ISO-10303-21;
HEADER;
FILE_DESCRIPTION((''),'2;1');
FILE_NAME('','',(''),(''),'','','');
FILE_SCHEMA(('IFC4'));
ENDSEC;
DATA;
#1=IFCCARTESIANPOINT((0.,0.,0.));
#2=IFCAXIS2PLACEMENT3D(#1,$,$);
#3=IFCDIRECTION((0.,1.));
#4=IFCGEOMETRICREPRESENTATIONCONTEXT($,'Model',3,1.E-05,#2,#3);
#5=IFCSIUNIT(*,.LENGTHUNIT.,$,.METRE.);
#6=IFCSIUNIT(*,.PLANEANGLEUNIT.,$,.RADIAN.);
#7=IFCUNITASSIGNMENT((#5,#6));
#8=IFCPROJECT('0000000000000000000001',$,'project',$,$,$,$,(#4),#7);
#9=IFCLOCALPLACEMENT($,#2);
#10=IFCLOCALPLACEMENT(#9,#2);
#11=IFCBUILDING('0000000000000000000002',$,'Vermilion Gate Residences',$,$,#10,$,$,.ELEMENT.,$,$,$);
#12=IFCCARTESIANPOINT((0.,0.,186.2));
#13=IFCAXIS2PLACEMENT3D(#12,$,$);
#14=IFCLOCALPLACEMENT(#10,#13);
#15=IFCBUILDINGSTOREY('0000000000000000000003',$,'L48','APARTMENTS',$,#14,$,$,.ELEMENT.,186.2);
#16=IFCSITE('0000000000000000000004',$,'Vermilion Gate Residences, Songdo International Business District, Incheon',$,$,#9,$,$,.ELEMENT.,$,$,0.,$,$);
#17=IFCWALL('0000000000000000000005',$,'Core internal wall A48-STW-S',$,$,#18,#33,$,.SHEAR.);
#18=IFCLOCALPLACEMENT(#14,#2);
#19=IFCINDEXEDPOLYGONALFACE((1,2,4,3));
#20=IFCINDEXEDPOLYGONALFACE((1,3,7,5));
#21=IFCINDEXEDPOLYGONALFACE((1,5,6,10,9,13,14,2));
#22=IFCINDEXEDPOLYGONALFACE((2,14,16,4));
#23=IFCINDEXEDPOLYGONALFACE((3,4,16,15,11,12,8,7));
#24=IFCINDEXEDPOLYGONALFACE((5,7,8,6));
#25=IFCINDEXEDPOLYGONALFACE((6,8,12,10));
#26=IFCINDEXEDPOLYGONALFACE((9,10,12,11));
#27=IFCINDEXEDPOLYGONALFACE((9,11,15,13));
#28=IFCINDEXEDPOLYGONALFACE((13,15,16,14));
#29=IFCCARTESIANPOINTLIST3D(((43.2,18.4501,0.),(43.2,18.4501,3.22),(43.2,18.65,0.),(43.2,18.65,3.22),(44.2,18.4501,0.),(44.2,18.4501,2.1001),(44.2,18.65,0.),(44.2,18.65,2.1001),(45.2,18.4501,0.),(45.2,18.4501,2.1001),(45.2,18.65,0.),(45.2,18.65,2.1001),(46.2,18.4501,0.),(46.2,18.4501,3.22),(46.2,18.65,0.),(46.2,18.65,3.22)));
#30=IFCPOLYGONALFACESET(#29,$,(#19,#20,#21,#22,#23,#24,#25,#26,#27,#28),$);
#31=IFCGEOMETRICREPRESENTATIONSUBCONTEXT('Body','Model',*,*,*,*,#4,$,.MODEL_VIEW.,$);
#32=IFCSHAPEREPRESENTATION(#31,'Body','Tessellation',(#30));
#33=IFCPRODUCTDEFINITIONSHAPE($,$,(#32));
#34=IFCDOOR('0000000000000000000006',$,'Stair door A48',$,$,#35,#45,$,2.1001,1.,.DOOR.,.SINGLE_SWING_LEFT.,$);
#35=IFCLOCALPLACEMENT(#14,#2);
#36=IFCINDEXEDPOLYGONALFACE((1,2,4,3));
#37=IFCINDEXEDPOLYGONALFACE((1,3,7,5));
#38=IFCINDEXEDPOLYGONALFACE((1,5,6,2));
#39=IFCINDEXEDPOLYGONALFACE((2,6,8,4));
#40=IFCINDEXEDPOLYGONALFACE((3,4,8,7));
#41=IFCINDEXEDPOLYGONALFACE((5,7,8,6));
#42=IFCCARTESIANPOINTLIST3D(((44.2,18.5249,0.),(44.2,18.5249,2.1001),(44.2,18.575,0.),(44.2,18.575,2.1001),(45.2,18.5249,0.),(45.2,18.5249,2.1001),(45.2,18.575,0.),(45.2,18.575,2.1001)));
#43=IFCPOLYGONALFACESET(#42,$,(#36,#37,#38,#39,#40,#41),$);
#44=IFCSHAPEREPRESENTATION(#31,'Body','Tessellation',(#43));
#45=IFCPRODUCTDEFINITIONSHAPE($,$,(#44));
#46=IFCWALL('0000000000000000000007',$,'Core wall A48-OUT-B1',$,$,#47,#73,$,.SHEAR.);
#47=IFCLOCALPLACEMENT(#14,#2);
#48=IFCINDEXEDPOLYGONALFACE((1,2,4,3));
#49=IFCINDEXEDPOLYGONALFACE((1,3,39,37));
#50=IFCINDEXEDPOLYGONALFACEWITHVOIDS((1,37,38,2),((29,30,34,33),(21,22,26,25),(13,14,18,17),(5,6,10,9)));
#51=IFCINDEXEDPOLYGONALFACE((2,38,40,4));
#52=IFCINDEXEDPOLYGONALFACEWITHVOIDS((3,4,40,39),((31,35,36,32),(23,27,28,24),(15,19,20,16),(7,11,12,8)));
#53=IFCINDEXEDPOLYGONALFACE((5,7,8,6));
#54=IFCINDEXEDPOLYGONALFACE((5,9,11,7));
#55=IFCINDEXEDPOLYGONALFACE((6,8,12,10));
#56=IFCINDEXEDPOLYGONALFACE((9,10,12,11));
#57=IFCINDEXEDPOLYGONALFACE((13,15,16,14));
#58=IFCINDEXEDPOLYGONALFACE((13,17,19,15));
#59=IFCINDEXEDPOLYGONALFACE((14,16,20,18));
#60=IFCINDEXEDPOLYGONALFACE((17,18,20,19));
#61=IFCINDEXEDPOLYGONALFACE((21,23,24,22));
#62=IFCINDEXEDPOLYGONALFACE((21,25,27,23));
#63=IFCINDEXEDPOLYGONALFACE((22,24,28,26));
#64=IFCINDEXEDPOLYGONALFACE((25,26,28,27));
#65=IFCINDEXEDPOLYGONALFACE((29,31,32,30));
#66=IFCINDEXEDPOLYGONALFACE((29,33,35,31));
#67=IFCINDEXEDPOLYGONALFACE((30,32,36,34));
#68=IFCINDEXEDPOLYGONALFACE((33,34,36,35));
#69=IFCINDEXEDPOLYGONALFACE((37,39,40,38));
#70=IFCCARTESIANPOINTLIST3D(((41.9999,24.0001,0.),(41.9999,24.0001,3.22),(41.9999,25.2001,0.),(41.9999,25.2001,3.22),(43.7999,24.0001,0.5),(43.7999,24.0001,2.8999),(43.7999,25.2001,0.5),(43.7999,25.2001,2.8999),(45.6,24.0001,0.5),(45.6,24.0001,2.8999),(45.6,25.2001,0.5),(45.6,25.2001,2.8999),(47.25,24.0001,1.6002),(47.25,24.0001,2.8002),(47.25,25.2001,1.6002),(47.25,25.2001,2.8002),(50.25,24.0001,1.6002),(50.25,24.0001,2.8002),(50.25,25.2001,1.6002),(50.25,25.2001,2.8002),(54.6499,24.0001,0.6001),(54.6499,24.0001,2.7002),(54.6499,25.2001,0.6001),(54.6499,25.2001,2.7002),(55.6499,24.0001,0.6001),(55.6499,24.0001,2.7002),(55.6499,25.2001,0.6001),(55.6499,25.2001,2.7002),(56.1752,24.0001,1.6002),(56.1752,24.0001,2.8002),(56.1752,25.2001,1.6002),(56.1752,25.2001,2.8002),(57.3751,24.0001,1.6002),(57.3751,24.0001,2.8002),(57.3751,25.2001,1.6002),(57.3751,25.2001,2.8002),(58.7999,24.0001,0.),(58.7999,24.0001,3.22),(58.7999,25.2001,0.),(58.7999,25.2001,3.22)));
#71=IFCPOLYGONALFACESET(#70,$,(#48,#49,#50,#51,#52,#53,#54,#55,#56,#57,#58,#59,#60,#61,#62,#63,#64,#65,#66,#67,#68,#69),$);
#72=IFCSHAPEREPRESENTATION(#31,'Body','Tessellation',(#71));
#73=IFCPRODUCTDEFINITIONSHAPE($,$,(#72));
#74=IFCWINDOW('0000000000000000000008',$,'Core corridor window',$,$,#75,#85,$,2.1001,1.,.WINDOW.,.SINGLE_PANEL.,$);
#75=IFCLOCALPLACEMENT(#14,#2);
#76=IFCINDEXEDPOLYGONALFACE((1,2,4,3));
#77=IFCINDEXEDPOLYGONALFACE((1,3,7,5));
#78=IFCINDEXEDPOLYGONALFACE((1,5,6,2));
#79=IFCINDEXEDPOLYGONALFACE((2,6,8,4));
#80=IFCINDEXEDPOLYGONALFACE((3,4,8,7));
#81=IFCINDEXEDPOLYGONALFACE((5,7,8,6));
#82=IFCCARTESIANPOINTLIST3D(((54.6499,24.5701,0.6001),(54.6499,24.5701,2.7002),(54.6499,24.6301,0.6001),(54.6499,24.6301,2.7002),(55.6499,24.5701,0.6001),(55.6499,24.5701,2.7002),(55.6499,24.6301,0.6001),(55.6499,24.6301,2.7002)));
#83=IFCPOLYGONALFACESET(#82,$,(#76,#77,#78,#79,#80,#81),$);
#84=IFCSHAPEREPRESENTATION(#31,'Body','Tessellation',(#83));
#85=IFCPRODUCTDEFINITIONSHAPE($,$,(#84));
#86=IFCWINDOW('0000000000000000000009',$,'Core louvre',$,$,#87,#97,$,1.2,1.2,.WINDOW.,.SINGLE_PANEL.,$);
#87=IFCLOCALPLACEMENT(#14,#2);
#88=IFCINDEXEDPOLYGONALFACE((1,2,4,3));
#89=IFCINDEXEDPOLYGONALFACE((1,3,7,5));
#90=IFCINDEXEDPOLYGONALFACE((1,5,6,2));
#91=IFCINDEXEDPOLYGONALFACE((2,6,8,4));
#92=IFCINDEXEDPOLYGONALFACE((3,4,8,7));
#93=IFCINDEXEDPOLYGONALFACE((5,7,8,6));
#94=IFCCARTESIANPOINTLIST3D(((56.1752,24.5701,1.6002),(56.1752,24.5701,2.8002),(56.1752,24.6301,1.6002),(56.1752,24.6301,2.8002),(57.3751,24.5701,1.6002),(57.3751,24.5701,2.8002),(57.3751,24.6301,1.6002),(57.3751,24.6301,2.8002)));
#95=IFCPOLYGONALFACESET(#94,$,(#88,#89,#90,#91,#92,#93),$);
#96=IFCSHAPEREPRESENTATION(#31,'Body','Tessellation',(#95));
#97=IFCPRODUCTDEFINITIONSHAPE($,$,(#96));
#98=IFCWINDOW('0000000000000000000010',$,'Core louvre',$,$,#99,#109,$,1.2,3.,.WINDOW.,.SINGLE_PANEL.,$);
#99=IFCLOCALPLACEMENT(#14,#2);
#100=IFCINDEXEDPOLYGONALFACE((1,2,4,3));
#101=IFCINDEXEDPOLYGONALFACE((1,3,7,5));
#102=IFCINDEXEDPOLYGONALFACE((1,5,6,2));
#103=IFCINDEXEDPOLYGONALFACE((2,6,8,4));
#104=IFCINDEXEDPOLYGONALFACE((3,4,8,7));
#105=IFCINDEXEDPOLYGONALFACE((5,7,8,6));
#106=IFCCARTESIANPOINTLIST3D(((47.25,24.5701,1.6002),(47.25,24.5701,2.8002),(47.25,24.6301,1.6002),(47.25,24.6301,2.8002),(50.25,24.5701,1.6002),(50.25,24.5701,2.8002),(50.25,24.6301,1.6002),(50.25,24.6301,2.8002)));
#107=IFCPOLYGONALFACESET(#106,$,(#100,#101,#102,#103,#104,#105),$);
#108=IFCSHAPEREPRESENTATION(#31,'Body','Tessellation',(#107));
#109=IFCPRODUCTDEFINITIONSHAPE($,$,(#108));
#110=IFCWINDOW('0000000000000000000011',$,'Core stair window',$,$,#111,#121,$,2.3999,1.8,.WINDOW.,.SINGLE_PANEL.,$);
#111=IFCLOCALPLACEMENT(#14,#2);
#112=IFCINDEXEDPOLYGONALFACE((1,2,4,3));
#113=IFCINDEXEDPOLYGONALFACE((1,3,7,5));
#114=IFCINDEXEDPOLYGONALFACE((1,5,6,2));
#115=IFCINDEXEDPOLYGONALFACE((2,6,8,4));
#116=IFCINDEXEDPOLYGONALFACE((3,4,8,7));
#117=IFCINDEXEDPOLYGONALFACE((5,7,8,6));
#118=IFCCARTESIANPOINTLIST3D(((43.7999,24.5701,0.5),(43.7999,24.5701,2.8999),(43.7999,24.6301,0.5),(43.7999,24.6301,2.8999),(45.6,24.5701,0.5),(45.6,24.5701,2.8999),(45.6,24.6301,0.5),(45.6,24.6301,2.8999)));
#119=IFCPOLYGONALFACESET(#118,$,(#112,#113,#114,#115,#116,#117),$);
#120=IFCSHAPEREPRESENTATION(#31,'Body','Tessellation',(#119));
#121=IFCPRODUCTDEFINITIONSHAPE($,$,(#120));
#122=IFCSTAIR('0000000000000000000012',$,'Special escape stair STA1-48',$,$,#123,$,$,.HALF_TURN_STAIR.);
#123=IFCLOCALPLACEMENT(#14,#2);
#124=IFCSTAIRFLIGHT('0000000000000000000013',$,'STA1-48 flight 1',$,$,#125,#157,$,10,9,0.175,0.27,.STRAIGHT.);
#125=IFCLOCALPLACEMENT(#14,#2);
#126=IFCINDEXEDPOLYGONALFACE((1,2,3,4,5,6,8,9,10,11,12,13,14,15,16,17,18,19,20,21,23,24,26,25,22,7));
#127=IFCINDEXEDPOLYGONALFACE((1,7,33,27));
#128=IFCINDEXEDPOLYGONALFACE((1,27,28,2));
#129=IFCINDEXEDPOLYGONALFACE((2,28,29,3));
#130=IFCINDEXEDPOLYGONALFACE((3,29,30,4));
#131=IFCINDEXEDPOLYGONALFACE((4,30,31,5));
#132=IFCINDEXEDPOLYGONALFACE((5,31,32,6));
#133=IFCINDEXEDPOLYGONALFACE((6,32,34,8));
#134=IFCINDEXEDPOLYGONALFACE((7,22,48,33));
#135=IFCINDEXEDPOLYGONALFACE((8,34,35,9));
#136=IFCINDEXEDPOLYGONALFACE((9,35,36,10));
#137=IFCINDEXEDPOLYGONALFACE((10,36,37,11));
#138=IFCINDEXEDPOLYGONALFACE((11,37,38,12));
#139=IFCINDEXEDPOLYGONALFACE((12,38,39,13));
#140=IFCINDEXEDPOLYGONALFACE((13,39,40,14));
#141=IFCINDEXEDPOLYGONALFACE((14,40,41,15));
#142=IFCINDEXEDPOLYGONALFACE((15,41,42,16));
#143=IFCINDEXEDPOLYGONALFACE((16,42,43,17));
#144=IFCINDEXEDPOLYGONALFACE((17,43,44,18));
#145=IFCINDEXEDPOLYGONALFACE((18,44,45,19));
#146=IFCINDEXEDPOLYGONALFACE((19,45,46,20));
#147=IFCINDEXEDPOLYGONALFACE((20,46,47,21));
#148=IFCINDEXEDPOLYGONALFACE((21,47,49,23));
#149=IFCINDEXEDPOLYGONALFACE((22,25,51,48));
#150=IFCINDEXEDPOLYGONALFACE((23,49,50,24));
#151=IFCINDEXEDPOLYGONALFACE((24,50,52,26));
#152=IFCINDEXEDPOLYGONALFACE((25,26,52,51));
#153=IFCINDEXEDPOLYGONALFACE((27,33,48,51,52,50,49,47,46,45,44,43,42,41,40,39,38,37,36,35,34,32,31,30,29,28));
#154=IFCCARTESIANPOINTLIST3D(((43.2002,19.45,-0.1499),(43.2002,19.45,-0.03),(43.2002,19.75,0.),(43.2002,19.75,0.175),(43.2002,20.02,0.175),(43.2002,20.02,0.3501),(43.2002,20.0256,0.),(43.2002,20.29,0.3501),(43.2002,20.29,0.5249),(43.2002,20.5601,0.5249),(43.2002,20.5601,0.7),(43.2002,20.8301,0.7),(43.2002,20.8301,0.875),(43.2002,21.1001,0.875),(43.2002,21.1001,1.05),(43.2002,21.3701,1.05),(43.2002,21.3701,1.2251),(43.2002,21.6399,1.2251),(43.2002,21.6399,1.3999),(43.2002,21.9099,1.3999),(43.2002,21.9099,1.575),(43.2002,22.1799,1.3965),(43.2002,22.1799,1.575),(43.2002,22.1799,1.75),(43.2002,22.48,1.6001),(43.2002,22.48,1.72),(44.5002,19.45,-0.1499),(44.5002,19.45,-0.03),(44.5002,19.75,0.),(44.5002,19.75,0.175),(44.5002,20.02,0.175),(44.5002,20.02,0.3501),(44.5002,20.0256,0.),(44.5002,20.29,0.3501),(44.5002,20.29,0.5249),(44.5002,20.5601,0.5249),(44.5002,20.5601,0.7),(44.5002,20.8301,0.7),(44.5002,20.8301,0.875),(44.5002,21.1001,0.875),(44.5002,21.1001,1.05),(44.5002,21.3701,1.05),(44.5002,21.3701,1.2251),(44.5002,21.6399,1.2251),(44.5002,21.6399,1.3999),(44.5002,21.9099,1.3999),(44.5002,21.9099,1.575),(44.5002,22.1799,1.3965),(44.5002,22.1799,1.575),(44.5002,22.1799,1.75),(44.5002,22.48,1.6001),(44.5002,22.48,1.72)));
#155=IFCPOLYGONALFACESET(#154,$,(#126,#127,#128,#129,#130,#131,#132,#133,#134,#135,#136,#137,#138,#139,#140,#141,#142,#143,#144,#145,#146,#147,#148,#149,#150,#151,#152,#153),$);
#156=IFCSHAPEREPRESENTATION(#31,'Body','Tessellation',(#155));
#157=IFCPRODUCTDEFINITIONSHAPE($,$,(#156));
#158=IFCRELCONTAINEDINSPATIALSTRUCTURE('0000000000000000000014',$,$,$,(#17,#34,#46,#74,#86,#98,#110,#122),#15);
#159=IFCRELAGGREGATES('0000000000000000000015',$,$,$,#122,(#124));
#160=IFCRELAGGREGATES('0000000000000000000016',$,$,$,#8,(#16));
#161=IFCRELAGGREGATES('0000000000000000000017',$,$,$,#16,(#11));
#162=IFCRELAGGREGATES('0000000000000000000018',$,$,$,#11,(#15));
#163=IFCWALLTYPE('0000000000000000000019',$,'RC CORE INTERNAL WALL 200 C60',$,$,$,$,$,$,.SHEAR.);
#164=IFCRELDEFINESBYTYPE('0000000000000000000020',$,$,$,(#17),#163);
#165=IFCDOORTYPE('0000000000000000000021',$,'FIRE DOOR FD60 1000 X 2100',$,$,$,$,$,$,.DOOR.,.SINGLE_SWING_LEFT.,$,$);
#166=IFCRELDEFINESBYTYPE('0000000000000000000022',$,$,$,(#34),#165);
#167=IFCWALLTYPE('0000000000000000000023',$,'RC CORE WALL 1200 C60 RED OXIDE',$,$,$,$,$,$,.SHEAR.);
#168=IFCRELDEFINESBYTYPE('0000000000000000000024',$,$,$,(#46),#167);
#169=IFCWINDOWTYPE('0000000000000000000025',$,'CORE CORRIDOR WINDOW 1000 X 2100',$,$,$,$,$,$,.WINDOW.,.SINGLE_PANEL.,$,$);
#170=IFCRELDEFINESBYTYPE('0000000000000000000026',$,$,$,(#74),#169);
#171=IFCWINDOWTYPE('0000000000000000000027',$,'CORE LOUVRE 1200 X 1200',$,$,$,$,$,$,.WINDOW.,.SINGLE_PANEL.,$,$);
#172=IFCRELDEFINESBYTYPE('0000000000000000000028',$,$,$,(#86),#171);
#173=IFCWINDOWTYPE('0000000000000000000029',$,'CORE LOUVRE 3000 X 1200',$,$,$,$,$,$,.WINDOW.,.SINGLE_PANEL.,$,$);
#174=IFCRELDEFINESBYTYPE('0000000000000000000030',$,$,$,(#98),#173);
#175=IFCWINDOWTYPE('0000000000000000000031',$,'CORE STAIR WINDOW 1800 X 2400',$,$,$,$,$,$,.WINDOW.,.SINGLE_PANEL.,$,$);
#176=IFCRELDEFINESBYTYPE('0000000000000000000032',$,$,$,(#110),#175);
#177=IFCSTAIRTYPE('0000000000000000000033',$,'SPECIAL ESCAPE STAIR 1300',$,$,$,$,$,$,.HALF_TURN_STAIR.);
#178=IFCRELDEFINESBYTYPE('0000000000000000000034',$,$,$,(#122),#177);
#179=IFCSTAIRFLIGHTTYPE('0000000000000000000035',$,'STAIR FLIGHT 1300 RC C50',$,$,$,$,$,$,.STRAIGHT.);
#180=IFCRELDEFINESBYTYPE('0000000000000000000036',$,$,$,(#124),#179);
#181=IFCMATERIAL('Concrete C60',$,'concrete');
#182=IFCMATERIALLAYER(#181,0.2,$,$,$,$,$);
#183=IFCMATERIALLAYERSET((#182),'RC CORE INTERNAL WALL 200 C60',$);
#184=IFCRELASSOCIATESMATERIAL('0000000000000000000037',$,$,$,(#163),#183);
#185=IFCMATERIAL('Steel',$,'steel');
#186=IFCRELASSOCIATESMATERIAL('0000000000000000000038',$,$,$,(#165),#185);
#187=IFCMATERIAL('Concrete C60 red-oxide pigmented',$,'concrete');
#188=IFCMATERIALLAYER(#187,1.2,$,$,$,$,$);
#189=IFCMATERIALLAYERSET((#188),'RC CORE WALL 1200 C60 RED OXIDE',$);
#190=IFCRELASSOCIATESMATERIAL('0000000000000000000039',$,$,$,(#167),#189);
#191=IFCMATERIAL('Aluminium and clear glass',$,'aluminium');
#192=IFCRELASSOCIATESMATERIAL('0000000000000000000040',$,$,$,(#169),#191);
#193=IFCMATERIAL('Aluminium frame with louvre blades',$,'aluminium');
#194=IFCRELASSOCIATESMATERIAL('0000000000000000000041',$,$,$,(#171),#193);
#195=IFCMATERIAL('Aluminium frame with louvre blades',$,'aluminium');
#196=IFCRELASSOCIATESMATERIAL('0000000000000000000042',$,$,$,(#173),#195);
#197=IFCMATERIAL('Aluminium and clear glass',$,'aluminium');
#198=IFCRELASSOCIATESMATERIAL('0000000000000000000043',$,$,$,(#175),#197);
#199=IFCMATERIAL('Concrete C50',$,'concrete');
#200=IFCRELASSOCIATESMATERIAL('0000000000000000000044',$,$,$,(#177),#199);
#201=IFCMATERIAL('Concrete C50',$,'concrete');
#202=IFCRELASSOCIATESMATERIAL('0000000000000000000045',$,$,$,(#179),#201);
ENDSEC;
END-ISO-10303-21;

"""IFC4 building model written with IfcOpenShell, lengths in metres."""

from ifc_helpers import new_model, si_unit, direction, frame, frame_2d, origin, place, context, subcontext, project, spatial, polyline, rectangle, outline, extrude, material, layer, layer_set, type_object, element, fill, aggregate, save


model = new_model("IFC4")

# Units and contexts
model_context = context("Model", 3, precision=1e-05, world=origin(), true_north=direction((0.0, 1.0)))
body_context = subcontext(model_context, "Body", "Model", "MODEL_VIEW")
ifc_project = project(units=[si_unit("LENGTHUNIT", "METRE"), si_unit("PLANEANGLEUNIT", "RADIAN")], contexts=[model_context])

# Site, building, storey
site_placement = place(None, origin())
site = spatial("IfcSite", under=ifc_project, at=site_placement, Name="Vermilion Gate Residences, Songdo International Business District, Incheon", CompositionType="ELEMENT", RefElevation=0.0)
building_placement = place(site_placement, origin())
building = spatial("IfcBuilding", under=site, at=building_placement, Name="Vermilion Gate Residences", CompositionType="ELEMENT")
storey_placement = place(building_placement, frame((0.0, 0.0, 186.2)))
storey = spatial("IfcBuildingStorey", under=building, at=storey_placement, Name="L48", Description="APARTMENTS", CompositionType="ELEMENT", Elevation=186.2)

# Shared definitions
ifc_material_1 = material(Name="Concrete C60", Category="concrete")
ifc_layer_1 = layer(ifc_material_1, 0.2)
ifc_layer_set_1 = layer_set([ifc_layer_1], Name="RC CORE INTERNAL WALL 200 C60")
wall_type_1 = type_object("IfcWallType", Name="RC CORE INTERNAL WALL 200 C60", PredefinedType="SHEAR", material=ifc_layer_set_1)

# Wall, opening, door
wall_1_placement = place(storey_placement, frame((43.2, 18.55, 0.0), z_axis=(0.0, 0.0, 1.0), x_axis=(1.0, 0.0, 0.0)))
wall_1 = element("IfcWall", 1, at=wall_1_placement, inside=storey, type_object=wall_type_1, Name="Core internal wall A48-STW-S", PredefinedType="SHEAR", context=body_context, shape_type="SweptSolid", body=[
    extrude(rectangle(XDim=3.0, YDim=0.2, at=frame_2d((1.5, 0.0))), origin(), (0.0, 0.0, 1.0), 3.22),
])
opening_1_placement = place(wall_1_placement, frame((1.0, 0.0, 0.0)))
opening_1 = element("IfcOpeningElement", 2, at=opening_1_placement, cuts=wall_1, PredefinedType="OPENING", context=body_context, shape_type="SweptSolid", body=[
    extrude(rectangle(XDim=1.0, YDim=2.1001, at=frame_2d((0.5, 1.05))), frame((0.0, 0.1099, 0.0), z_axis=(0.0, -1.0, 0.0), x_axis=(1.0, 0.0, 0.0)), (0.0, 0.0, 1.0), 0.22),
])
ifc_material_2 = material(Name="Steel", Category="steel")
door_type_1 = type_object("IfcDoorType", Name="FIRE DOOR FD60 1000 X 2100", OperationType="SINGLE_SWING_LEFT", PredefinedType="DOOR", material=ifc_material_2)
door_1_placement = place(opening_1_placement, origin())
door_1 = element("IfcDoor", 3, at=door_1_placement, inside=storey, type_object=door_type_1, Name="Stair door A48", OperationType="SINGLE_SWING_LEFT", OverallHeight=2.1001, OverallWidth=1.0, PredefinedType="DOOR", context=body_context, shape_type="SweptSolid", body=[
    extrude(rectangle(XDim=1.0, YDim=2.1001, at=frame_2d((0.5, 1.05))), frame((0.0, 0.0249, 0.0), z_axis=(0.0, -1.0, 0.0), x_axis=(1.0, 0.0, 0.0)), (0.0, 0.0, 1.0), 0.05),
])
fill(opening_1, door_1)

# Wall, openings, windows
ifc_material_3 = material(Name="Concrete C60 red-oxide pigmented", Category="concrete")
ifc_layer_2 = layer(ifc_material_3, 1.2)
ifc_layer_set_2 = layer_set([ifc_layer_2], Name="RC CORE WALL 1200 C60 RED OXIDE")
wall_type_2 = type_object("IfcWallType", Name="RC CORE WALL 1200 C60 RED OXIDE", PredefinedType="SHEAR", material=ifc_layer_set_2)
wall_2_placement = place(storey_placement, frame((42.0, 24.6001, 0.0), z_axis=(0.0, 0.0, 1.0), x_axis=(1.0, 0.0, 0.0)))
wall_2 = element("IfcWall", 4, at=wall_2_placement, inside=storey, type_object=wall_type_2, Name="Core wall A48-OUT-B1", PredefinedType="SHEAR", context=body_context, shape_type="SweptSolid", body=[
    extrude(rectangle(XDim=16.8, YDim=1.2, at=frame_2d((8.3999, 0.0))), origin(), (0.0, 0.0, 1.0), 3.22),
])
opening_2_placement = place(wall_2_placement, frame((1.8, 0.0, 0.5)))
opening_2 = element("IfcOpeningElement", 5, at=opening_2_placement, cuts=wall_2, PredefinedType="OPENING", context=body_context, shape_type="SweptSolid", body=[
    extrude(rectangle(XDim=1.8, YDim=2.3999, at=frame_2d((0.8999, 1.2))), frame((0.0, 0.6099, 0.0), z_axis=(0.0, -1.0, 0.0), x_axis=(1.0, 0.0, 0.0)), (0.0, 0.0, 1.0), 1.22),
])
opening_3_placement = place(wall_2_placement, frame((5.25, 0.0, 1.6001)))
opening_3 = element("IfcOpeningElement", 6, at=opening_3_placement, cuts=wall_2, PredefinedType="OPENING", context=body_context, shape_type="SweptSolid", body=[
    extrude(rectangle(XDim=3.0, YDim=1.2, at=frame_2d((1.5, 0.6001))), frame((0.0, 0.6099, 0.0), z_axis=(0.0, -1.0, 0.0), x_axis=(1.0, 0.0, 0.0)), (0.0, 0.0, 1.0), 1.22),
])
opening_4_placement = place(wall_2_placement, frame((12.6499, 0.0, 0.6001)))
opening_4 = element("IfcOpeningElement", 7, at=opening_4_placement, cuts=wall_2, PredefinedType="OPENING", context=body_context, shape_type="SweptSolid", body=[
    extrude(rectangle(XDim=1.0, YDim=2.1001, at=frame_2d((0.5, 1.05))), frame((0.0, 0.6099, 0.0), z_axis=(0.0, -1.0, 0.0), x_axis=(1.0, 0.0, 0.0)), (0.0, 0.0, 1.0), 1.22),
])
opening_5_placement = place(wall_2_placement, frame((14.175, 0.0, 1.6001)))
opening_5 = element("IfcOpeningElement", 8, at=opening_5_placement, cuts=wall_2, PredefinedType="OPENING", context=body_context, shape_type="SweptSolid", body=[
    extrude(rectangle(XDim=1.2, YDim=1.2, at=frame_2d((0.6001, 0.6001))), frame((0.0, 0.6099, 0.0), z_axis=(0.0, -1.0, 0.0), x_axis=(1.0, 0.0, 0.0)), (0.0, 0.0, 1.0), 1.22),
])
ifc_material_4 = material(Name="Aluminium and clear glass", Category="aluminium")
window_type_1 = type_object("IfcWindowType", Name="CORE CORRIDOR WINDOW 1000 X 2100", PartitioningType="SINGLE_PANEL", PredefinedType="WINDOW", material=ifc_material_4)
window_1_placement = place(opening_4_placement, origin())
window_1 = element("IfcWindow", 9, at=window_1_placement, inside=storey, type_object=window_type_1, Name="Core corridor window", OverallHeight=2.1001, OverallWidth=1.0, PartitioningType="SINGLE_PANEL", PredefinedType="WINDOW", context=body_context, shape_type="SweptSolid", body=[
    extrude(rectangle(XDim=1.0, YDim=2.1001, at=frame_2d((0.5, 1.05))), frame((0.0, 0.03, 0.0), z_axis=(0.0, -1.0, 0.0), x_axis=(1.0, 0.0, 0.0)), (0.0, 0.0, 1.0), 0.0601),
])
fill(opening_4, window_1)
ifc_material_5 = material(Name="Aluminium frame with louvre blades", Category="aluminium")
window_type_2 = type_object("IfcWindowType", Name="CORE LOUVRE 1200 X 1200", PartitioningType="SINGLE_PANEL", PredefinedType="WINDOW", material=ifc_material_5)
window_2_placement = place(opening_5_placement, origin())
window_2 = element("IfcWindow", 10, at=window_2_placement, inside=storey, type_object=window_type_2, Name="Core louvre", OverallHeight=1.2, OverallWidth=1.2, PartitioningType="SINGLE_PANEL", PredefinedType="WINDOW", context=body_context, shape_type="SweptSolid", body=[
    extrude(rectangle(XDim=1.2, YDim=1.2, at=frame_2d((0.6001, 0.6001))), frame((0.0, 0.03, 0.0), z_axis=(0.0, -1.0, 0.0), x_axis=(1.0, 0.0, 0.0)), (0.0, 0.0, 1.0), 0.0601),
])
fill(opening_5, window_2)
ifc_material_6 = material(Name="Aluminium frame with louvre blades", Category="aluminium")
window_type_3 = type_object("IfcWindowType", Name="CORE LOUVRE 3000 X 1200", PartitioningType="SINGLE_PANEL", PredefinedType="WINDOW", material=ifc_material_6)
window_3_placement = place(opening_3_placement, origin())
window_3 = element("IfcWindow", 11, at=window_3_placement, inside=storey, type_object=window_type_3, Name="Core louvre", OverallHeight=1.2, OverallWidth=3.0, PartitioningType="SINGLE_PANEL", PredefinedType="WINDOW", context=body_context, shape_type="SweptSolid", body=[
    extrude(rectangle(XDim=3.0, YDim=1.2, at=frame_2d((1.5, 0.6001))), frame((0.0, 0.03, 0.0), z_axis=(0.0, -1.0, 0.0), x_axis=(1.0, 0.0, 0.0)), (0.0, 0.0, 1.0), 0.0601),
])
fill(opening_3, window_3)
ifc_material_7 = material(Name="Aluminium and clear glass", Category="aluminium")
window_type_4 = type_object("IfcWindowType", Name="CORE STAIR WINDOW 1800 X 2400", PartitioningType="SINGLE_PANEL", PredefinedType="WINDOW", material=ifc_material_7)
window_4_placement = place(opening_2_placement, origin())
window_4 = element("IfcWindow", 12, at=window_4_placement, inside=storey, type_object=window_type_4, Name="Core stair window", OverallHeight=2.3999, OverallWidth=1.8, PartitioningType="SINGLE_PANEL", PredefinedType="WINDOW", context=body_context, shape_type="SweptSolid", body=[
    extrude(rectangle(XDim=1.8, YDim=2.3999, at=frame_2d((0.8999, 1.2))), frame((0.0, 0.03, 0.0), z_axis=(0.0, -1.0, 0.0), x_axis=(1.0, 0.0, 0.0)), (0.0, 0.0, 1.0), 0.0601),
])
fill(opening_2, window_4)

# Stair, stair flight
ifc_material_8 = material(Name="Concrete C50", Category="concrete")
stair_type = type_object("IfcStairType", Name="SPECIAL ESCAPE STAIR 1300", PredefinedType="HALF_TURN_STAIR", material=ifc_material_8)
stair_placement = place(storey_placement, origin())
stair = element("IfcStair", 13, at=stair_placement, inside=storey, type_object=stair_type, Name="Special escape stair STA1-48", PredefinedType="HALF_TURN_STAIR")
ifc_material_9 = material(Name="Concrete C50", Category="concrete")
stair_flight_type = type_object("IfcStairFlightType", Name="STAIR FLIGHT 1300 RC C50", PredefinedType="STRAIGHT", material=ifc_material_9)
stair_flight_1_placement = place(storey_placement, frame((43.8501, 19.75, 0.0), z_axis=(0.0, 0.0, 1.0), x_axis=(0.0, 1.0, 0.0)))
stair_flight_1 = element("IfcStairFlight", 14, at=stair_flight_1_placement, type_object=stair_flight_type, Name="STA1-48 flight 1", NumberOfRisers=10, NumberOfTreads=9, PredefinedType="STRAIGHT", RiserHeight=0.175, TreadLength=0.27, context=body_context, shape_type="SweptSolid", body=[
    extrude(outline(polyline([(-0.3, -0.1499), (-0.3, -0.03), (0.0, 0.0), (0.0, 0.175), (0.27, 0.175), (0.27, 0.3501), (0.54, 0.3501), (0.54, 0.5249), (0.8101, 0.5249), (0.8101, 0.7), (1.0801, 0.7), (1.0801, 0.875), (1.3501, 0.875), (1.3501, 1.05), (1.6201, 1.05), (1.6201, 1.2251), (1.8899, 1.2251), (1.8899, 1.3999), (2.1599, 1.3999), (2.1599, 1.575), (2.4299, 1.575), (2.4299, 1.75), (2.73, 1.72), (2.73, 1.6001), (2.4299, 1.3965), (0.2756, 0.0), (-0.3, -0.1499)])), frame((0.0, 0.6499, 0.0), z_axis=(0.0, -1.0, 0.0), x_axis=(1.0, 0.0, 0.0)), (0.0, 0.0, 1.0), 1.3),
])
aggregate(stair, [stair_flight_1])

save(model, "model.ifc")
